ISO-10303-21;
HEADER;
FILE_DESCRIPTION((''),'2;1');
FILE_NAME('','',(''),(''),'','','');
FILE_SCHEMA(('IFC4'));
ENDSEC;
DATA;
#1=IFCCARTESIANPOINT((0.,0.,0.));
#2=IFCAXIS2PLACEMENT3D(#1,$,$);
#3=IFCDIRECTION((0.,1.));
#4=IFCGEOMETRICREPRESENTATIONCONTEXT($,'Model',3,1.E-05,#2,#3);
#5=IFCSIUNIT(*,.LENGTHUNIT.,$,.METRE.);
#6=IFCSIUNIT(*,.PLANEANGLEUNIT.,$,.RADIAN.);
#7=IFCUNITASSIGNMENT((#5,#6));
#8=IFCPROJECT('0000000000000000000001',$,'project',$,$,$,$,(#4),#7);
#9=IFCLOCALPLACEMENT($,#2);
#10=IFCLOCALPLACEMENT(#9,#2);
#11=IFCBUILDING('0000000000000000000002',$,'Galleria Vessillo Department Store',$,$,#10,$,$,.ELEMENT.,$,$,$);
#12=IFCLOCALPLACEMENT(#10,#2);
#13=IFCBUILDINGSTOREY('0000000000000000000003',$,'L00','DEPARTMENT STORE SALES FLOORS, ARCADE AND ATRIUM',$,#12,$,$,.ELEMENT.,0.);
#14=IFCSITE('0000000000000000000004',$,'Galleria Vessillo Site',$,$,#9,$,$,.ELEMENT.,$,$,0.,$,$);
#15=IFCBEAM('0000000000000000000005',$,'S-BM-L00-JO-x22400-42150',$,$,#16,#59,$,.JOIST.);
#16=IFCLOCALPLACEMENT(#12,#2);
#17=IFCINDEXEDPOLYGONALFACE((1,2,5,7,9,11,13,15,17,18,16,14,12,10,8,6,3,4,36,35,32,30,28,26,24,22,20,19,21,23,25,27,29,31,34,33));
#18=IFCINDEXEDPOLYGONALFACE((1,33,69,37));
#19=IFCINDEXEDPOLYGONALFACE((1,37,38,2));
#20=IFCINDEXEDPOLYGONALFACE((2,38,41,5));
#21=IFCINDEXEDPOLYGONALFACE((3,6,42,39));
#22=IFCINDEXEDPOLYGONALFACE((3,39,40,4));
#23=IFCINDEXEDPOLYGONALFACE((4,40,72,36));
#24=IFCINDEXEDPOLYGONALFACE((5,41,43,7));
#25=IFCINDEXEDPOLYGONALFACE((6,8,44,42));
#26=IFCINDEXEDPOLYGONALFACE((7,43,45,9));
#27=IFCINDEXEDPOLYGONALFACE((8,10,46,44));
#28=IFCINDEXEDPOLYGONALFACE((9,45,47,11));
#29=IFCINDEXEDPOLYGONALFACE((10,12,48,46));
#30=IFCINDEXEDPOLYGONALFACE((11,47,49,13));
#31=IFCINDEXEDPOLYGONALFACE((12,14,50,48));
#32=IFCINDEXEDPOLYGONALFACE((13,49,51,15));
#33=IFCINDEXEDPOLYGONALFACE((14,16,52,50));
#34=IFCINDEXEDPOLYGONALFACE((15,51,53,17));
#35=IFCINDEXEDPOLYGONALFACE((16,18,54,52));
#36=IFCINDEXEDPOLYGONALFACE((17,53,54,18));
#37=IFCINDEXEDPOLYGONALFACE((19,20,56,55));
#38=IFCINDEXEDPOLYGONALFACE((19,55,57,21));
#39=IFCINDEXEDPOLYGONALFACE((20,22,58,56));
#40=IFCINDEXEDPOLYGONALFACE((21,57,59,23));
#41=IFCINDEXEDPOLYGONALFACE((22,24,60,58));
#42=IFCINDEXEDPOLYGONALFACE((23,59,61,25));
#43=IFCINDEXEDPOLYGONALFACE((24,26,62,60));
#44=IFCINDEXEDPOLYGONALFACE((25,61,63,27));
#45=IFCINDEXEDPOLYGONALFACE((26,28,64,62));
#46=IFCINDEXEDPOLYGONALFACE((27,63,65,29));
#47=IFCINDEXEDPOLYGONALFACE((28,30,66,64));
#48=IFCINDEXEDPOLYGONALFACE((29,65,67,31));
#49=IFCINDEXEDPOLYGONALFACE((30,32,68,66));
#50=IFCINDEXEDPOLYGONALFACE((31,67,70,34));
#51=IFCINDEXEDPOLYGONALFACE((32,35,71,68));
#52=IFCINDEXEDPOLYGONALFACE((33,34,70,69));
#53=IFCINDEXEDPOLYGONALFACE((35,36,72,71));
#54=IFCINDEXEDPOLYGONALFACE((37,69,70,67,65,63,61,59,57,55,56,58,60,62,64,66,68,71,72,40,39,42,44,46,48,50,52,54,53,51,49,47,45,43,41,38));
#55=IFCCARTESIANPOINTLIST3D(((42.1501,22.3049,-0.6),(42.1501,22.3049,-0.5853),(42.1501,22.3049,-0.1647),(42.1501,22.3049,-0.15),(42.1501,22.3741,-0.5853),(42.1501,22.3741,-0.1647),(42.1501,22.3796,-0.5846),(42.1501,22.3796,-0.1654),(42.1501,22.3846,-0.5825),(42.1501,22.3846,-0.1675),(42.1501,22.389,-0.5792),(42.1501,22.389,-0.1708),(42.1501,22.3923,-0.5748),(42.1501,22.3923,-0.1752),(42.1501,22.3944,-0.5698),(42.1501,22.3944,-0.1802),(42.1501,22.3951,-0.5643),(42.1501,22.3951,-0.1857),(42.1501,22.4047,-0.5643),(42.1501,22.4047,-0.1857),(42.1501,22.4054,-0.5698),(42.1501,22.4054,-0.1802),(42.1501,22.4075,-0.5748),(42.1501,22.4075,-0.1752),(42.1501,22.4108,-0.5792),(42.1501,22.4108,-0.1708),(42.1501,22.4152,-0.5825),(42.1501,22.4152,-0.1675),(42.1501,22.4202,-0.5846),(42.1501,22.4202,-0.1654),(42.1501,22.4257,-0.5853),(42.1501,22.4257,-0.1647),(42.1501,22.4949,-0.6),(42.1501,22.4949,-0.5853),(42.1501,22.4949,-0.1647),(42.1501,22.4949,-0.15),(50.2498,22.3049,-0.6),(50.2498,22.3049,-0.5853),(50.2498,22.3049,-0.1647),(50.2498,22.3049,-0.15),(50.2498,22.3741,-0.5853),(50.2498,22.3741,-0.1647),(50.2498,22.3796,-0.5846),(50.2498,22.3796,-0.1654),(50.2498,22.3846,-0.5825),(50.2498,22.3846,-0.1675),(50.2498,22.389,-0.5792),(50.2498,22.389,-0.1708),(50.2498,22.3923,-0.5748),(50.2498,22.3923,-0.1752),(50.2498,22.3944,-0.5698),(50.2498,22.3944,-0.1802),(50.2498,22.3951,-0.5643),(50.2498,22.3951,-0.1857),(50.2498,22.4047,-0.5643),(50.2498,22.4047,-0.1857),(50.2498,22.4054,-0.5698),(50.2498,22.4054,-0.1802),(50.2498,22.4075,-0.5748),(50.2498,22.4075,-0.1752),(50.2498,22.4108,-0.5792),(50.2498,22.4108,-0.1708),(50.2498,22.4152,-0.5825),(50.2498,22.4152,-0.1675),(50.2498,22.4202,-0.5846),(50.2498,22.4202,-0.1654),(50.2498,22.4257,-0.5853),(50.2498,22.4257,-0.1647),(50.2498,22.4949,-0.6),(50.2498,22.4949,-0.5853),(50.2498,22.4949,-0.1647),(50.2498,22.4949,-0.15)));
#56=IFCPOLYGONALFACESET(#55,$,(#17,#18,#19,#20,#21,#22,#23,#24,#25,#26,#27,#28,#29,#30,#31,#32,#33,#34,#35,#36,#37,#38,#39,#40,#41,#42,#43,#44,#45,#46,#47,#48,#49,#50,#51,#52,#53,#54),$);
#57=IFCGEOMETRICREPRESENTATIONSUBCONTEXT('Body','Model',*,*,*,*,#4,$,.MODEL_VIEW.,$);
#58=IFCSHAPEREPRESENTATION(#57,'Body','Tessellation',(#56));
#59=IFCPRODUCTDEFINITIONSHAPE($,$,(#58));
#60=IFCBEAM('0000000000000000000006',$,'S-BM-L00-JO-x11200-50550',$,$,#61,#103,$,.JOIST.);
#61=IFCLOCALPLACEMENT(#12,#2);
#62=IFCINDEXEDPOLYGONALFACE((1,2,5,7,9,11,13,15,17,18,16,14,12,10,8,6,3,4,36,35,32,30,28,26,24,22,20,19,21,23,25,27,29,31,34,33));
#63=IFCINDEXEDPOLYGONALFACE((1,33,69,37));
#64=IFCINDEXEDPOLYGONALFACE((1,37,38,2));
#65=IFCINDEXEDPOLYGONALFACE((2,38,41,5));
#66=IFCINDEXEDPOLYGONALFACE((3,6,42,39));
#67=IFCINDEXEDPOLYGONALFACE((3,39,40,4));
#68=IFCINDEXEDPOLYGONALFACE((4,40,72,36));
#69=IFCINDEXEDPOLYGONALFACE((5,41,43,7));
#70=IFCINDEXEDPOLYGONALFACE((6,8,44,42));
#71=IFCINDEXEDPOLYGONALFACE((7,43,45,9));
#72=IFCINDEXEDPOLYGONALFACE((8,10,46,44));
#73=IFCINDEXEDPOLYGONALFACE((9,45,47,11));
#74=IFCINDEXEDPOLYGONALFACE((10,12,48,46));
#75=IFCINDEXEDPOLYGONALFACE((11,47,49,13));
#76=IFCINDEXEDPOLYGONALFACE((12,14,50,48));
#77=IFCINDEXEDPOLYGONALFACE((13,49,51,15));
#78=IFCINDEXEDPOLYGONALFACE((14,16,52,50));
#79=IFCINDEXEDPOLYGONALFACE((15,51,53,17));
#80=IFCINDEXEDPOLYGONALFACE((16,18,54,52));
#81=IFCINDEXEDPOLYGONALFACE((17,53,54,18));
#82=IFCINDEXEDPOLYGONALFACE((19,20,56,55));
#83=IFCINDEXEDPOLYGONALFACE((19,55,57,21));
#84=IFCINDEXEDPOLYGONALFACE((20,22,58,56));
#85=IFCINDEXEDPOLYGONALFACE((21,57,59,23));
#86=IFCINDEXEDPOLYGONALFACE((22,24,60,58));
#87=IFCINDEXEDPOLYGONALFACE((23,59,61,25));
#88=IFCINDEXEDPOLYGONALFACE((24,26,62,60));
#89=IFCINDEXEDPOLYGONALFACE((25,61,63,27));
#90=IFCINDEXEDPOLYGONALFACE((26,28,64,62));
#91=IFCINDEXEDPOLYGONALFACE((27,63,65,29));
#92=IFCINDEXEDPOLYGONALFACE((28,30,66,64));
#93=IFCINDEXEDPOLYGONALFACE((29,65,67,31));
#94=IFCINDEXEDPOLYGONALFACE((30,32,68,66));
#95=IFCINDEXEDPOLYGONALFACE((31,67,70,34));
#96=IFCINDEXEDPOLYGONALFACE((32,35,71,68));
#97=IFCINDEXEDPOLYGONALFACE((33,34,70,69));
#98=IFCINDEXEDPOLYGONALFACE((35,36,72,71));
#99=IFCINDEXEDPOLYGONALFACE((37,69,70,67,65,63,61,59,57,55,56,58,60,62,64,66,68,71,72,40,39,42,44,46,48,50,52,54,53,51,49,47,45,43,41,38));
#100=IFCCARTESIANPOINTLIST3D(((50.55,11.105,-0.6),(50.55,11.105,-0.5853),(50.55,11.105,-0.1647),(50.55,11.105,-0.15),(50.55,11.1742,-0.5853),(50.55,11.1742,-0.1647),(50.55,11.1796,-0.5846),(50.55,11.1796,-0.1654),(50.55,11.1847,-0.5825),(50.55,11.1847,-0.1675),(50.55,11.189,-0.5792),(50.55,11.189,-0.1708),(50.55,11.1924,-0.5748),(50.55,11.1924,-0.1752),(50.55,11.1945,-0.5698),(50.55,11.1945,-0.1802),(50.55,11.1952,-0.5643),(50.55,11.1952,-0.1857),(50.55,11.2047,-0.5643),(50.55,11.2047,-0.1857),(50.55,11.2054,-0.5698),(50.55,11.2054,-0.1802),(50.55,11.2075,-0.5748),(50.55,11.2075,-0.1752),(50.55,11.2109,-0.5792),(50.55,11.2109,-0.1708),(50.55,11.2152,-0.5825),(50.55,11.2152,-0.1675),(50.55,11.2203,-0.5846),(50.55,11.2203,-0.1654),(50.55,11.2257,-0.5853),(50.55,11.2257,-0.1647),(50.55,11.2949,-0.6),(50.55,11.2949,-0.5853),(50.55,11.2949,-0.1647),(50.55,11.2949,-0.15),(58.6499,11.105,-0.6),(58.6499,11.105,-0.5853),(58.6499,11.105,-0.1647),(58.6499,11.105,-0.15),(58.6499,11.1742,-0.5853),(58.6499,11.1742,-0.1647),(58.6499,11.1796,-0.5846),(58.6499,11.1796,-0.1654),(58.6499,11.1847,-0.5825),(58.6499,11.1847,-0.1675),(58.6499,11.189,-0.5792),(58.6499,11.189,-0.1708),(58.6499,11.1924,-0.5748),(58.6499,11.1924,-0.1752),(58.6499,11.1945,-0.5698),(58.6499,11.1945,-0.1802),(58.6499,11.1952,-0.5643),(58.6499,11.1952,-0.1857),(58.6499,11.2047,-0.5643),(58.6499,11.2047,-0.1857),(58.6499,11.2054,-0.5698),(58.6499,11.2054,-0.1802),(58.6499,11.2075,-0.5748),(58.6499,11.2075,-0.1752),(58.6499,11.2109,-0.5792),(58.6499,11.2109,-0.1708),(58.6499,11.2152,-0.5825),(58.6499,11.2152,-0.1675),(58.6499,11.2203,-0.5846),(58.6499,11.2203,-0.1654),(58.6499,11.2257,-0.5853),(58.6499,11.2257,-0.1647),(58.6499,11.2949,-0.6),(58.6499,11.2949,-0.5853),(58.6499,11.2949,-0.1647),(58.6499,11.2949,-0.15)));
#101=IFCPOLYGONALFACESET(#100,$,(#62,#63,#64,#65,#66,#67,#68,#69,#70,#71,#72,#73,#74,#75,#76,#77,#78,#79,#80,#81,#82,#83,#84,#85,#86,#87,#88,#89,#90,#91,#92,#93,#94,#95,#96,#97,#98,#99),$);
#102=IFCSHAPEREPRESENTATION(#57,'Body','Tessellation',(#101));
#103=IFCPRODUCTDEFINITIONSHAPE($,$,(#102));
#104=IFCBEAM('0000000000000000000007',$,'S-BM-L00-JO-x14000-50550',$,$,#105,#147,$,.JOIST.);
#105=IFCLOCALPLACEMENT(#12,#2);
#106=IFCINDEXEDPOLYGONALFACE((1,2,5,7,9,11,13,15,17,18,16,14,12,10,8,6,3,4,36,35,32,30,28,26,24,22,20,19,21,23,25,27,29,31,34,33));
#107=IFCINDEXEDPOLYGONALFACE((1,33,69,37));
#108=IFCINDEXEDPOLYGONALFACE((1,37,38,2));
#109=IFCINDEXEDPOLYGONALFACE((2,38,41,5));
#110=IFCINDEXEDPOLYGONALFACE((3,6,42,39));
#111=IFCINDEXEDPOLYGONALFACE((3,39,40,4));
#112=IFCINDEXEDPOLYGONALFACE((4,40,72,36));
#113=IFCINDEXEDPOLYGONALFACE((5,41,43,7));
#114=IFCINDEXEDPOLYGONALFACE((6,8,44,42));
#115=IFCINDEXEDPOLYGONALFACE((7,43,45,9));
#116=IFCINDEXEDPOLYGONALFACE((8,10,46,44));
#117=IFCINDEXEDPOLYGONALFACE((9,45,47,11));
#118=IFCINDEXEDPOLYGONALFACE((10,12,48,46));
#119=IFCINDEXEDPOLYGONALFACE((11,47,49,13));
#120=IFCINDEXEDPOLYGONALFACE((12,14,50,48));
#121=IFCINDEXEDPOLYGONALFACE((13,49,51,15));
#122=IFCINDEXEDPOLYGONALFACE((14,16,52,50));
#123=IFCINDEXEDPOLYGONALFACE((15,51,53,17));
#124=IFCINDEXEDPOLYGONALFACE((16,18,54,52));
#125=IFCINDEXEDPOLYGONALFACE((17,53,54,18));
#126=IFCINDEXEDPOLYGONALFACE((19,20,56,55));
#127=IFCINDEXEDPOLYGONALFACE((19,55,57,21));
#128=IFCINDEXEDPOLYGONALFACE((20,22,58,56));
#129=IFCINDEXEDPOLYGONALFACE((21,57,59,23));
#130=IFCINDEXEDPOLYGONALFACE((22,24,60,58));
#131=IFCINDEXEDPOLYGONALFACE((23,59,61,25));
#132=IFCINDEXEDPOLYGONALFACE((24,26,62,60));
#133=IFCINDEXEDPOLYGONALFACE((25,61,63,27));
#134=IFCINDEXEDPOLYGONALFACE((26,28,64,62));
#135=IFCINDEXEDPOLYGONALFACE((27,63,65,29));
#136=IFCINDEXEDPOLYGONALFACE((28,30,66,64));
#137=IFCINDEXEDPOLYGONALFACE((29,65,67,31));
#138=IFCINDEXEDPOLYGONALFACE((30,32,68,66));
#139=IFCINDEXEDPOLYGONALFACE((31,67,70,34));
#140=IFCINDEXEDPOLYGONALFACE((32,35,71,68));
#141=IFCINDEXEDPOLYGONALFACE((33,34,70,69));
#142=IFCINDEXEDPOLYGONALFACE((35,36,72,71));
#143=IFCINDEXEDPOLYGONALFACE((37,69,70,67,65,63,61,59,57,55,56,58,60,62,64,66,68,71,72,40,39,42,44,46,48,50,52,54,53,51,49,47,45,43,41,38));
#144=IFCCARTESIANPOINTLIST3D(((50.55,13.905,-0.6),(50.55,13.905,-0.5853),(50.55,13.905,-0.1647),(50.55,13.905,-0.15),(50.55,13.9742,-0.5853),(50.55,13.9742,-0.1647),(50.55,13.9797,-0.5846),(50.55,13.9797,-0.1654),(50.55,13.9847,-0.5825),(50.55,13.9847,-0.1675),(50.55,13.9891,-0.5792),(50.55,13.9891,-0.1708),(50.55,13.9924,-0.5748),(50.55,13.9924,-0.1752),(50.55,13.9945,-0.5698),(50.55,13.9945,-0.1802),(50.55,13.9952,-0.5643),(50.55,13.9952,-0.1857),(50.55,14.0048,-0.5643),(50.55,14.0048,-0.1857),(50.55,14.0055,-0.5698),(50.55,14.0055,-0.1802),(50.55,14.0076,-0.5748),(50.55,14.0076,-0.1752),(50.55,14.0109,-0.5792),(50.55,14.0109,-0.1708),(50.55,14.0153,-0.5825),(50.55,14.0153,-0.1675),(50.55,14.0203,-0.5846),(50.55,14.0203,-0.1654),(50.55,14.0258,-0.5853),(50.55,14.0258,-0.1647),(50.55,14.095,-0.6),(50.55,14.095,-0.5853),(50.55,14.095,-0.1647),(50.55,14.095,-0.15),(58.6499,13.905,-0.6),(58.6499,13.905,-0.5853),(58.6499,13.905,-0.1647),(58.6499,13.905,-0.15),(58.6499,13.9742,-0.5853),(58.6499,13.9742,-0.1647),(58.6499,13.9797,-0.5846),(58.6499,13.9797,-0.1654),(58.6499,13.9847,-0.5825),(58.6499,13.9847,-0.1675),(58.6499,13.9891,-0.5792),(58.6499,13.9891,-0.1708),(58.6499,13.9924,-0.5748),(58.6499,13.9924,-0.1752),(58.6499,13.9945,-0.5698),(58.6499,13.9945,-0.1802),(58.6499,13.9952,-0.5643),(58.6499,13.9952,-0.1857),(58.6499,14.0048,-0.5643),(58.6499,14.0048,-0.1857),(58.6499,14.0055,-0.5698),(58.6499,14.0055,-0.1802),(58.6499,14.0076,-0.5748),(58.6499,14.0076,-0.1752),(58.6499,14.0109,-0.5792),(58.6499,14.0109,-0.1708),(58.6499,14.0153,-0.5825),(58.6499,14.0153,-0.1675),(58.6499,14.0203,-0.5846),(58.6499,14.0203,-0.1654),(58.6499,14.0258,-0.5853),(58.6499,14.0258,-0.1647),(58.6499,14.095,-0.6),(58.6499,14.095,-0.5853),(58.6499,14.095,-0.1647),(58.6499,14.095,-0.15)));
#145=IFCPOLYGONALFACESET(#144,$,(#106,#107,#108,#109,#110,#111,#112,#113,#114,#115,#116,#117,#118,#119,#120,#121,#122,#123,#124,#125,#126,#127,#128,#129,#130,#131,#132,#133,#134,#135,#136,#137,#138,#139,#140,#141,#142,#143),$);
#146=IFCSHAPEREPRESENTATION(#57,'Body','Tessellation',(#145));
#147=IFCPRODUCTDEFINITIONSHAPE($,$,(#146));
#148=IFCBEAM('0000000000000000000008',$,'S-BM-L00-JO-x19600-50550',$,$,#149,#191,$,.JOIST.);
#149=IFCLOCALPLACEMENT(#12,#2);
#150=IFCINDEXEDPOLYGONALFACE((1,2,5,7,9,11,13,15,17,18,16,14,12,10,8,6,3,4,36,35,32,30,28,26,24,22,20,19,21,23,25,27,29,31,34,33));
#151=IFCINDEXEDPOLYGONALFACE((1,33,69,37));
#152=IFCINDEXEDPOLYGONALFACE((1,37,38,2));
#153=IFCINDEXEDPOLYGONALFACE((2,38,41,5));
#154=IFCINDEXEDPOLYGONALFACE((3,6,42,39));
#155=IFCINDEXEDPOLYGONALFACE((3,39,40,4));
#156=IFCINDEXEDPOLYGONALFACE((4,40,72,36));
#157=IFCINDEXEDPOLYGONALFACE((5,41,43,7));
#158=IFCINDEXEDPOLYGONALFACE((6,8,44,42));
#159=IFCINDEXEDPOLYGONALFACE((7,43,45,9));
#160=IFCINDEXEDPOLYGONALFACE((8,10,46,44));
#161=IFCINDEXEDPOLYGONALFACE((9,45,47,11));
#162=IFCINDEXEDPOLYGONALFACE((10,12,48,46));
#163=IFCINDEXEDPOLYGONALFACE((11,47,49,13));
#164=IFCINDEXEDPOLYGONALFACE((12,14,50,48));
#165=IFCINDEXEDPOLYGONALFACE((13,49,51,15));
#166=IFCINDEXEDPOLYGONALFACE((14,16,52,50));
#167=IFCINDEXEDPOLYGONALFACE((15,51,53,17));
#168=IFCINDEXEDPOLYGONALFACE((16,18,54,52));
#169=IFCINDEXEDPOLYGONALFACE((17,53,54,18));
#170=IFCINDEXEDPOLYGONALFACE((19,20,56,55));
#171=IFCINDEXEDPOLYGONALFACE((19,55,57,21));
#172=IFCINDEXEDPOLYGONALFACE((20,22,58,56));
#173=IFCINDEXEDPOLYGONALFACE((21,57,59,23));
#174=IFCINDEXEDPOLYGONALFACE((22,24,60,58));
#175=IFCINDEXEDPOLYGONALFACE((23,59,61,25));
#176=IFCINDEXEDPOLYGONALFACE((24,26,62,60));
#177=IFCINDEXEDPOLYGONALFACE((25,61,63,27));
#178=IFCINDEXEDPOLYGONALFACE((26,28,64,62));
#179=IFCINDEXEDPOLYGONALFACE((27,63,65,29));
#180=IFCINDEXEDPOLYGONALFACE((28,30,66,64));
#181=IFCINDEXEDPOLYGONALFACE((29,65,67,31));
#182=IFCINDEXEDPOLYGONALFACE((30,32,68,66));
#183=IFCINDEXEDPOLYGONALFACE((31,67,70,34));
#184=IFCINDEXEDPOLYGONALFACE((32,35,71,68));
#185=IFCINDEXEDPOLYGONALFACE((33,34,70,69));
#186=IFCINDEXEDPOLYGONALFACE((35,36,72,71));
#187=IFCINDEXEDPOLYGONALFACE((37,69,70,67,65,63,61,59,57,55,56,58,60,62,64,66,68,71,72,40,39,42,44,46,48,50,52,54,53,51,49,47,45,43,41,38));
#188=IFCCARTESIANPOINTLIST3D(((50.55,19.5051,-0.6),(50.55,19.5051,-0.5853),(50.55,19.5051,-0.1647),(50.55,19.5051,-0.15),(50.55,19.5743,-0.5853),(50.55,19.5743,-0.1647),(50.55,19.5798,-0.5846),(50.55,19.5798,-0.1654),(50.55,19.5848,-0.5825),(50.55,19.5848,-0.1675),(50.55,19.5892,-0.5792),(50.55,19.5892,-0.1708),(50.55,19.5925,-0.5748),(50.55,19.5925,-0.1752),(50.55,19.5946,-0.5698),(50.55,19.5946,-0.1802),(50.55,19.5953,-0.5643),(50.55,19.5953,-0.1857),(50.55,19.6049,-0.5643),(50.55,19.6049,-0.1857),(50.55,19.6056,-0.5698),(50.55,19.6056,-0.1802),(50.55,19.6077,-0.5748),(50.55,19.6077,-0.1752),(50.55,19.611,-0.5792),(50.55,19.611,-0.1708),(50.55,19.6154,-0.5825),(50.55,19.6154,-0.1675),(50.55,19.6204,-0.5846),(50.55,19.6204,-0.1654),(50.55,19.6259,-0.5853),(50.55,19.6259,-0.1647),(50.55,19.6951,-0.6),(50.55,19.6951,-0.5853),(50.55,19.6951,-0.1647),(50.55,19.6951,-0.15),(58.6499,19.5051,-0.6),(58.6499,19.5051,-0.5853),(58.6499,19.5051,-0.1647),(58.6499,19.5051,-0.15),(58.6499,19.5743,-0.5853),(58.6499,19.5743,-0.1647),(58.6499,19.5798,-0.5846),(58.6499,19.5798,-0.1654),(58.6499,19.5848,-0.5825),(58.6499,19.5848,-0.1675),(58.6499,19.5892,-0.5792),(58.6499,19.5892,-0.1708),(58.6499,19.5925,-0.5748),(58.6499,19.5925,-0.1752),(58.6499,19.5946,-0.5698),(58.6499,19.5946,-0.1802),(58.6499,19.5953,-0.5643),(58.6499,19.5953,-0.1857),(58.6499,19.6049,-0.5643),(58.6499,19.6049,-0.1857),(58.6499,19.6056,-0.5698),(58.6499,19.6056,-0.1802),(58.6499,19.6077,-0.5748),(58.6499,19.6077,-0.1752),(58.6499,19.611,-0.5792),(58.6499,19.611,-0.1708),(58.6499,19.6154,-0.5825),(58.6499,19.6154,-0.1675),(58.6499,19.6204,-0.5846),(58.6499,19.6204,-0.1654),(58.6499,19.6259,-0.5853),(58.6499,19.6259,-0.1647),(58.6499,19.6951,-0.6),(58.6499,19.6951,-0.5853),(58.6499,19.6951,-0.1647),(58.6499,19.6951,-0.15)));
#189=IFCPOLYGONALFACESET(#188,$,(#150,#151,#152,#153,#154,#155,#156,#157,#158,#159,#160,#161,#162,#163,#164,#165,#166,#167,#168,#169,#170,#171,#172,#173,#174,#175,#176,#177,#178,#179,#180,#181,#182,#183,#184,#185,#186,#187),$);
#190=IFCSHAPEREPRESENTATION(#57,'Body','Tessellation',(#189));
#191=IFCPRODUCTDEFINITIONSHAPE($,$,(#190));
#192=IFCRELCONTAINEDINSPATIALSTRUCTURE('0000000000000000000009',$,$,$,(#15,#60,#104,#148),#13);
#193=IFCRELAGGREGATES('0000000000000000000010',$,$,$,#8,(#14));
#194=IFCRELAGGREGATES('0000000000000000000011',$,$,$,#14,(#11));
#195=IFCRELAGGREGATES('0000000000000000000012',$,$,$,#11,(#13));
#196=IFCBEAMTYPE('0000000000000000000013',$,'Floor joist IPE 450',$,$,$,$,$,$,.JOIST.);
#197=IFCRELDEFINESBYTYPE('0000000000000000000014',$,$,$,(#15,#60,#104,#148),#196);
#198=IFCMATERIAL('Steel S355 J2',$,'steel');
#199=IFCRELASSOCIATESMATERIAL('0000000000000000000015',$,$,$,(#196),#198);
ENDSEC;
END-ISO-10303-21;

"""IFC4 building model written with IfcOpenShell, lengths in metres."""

from ifc_helpers import new_model, si_unit, direction, frame, origin, origin_2d, place, context, subcontext, project, spatial, i_section, extrude, material, material_profile, profile_set, type_object, element, save


model = new_model("IFC4")

# Units and contexts
model_context = context("Model", 3, precision=1e-05, world=origin(), true_north=direction((0.0, 1.0)))
body_context = subcontext(model_context, "Body", "Model", "MODEL_VIEW")
ifc_project = project(units=[si_unit("LENGTHUNIT", "METRE"), si_unit("PLANEANGLEUNIT", "RADIAN")], contexts=[model_context])

# Site, building, storey
site_placement = place(None, origin())
site = spatial("IfcSite", under=ifc_project, at=site_placement, Name="Galleria Vessillo Site", CompositionType="ELEMENT", RefElevation=0.0)
building_placement = place(site_placement, origin())
building = spatial("IfcBuilding", under=site, at=building_placement, Name="Galleria Vessillo Department Store", CompositionType="ELEMENT")
storey_placement = place(building_placement, origin())
storey = spatial("IfcBuildingStorey", under=building, at=storey_placement, Name="L00", Description="DEPARTMENT STORE SALES FLOORS, ARCADE AND ATRIUM", CompositionType="ELEMENT", Elevation=0.0)

# Beams
ifc_material_1 = material(Name="Steel S355 J2", Category="steel")
ifc_material_profile_1 = material_profile(ifc_material_1, i_section(OverallWidth=0.1899, OverallDepth=0.45, WebThickness=0.0095, FlangeThickness=0.0146, FilletRadius=0.021, at=origin_2d()), Name="IPE 450")
ifc_profile_set_1 = profile_set([ifc_material_profile_1], Name="Steel S355 J2")
beam_type_1 = type_object("IfcBeamType", Name="Floor joist IPE 450", PredefinedType="JOIST", material=ifc_profile_set_1)
for number, where, z_axis, x_axis, name in (
    (1, (42.1501, 22.3999, -0.375), (1.0, 0.0, 0.0), (0.0, 1.0, 0.0), "S-BM-L00-JO-x22400-42150"),
):
    element("IfcBeam", number, at=place(storey_placement, frame(where, z_axis=z_axis, x_axis=x_axis)), inside=storey, type_object=beam_type_1, Name=name, PredefinedType="JOIST", context=body_context, shape_type="SweptSolid", body=[
        extrude(i_section(OverallWidth=0.1899, OverallDepth=0.45, WebThickness=0.0095, FlangeThickness=0.0146, FilletRadius=0.021, at=origin_2d()), origin(), (0.0, 0.0, 1.0), 8.0996),
    ])
for number, where, z_axis, x_axis, name in (
    (2, (50.55, 11.2, -0.375), (1.0, 0.0, 0.0), (0.0, 1.0, 0.0), "S-BM-L00-JO-x11200-50550"),
    (3, (50.55, 14.0, -0.375), (1.0, 0.0, 0.0), (0.0, 1.0, 0.0), "S-BM-L00-JO-x14000-50550"),
    (4, (50.55, 19.6001, -0.375), (1.0, 0.0, 0.0), (0.0, 1.0, 0.0), "S-BM-L00-JO-x19600-50550"),
):
    element("IfcBeam", number, at=place(storey_placement, frame(where, z_axis=z_axis, x_axis=x_axis)), inside=storey, type_object=beam_type_1, Name=name, PredefinedType="JOIST", context=body_context, shape_type="SweptSolid", body=[
        extrude(i_section(OverallWidth=0.1899, OverallDepth=0.45, WebThickness=0.0095, FlangeThickness=0.0146, FilletRadius=0.021, at=origin_2d()), origin(), (0.0, 0.0, 1.0), 8.0999),
    ])

save(model, "model.ifc")
